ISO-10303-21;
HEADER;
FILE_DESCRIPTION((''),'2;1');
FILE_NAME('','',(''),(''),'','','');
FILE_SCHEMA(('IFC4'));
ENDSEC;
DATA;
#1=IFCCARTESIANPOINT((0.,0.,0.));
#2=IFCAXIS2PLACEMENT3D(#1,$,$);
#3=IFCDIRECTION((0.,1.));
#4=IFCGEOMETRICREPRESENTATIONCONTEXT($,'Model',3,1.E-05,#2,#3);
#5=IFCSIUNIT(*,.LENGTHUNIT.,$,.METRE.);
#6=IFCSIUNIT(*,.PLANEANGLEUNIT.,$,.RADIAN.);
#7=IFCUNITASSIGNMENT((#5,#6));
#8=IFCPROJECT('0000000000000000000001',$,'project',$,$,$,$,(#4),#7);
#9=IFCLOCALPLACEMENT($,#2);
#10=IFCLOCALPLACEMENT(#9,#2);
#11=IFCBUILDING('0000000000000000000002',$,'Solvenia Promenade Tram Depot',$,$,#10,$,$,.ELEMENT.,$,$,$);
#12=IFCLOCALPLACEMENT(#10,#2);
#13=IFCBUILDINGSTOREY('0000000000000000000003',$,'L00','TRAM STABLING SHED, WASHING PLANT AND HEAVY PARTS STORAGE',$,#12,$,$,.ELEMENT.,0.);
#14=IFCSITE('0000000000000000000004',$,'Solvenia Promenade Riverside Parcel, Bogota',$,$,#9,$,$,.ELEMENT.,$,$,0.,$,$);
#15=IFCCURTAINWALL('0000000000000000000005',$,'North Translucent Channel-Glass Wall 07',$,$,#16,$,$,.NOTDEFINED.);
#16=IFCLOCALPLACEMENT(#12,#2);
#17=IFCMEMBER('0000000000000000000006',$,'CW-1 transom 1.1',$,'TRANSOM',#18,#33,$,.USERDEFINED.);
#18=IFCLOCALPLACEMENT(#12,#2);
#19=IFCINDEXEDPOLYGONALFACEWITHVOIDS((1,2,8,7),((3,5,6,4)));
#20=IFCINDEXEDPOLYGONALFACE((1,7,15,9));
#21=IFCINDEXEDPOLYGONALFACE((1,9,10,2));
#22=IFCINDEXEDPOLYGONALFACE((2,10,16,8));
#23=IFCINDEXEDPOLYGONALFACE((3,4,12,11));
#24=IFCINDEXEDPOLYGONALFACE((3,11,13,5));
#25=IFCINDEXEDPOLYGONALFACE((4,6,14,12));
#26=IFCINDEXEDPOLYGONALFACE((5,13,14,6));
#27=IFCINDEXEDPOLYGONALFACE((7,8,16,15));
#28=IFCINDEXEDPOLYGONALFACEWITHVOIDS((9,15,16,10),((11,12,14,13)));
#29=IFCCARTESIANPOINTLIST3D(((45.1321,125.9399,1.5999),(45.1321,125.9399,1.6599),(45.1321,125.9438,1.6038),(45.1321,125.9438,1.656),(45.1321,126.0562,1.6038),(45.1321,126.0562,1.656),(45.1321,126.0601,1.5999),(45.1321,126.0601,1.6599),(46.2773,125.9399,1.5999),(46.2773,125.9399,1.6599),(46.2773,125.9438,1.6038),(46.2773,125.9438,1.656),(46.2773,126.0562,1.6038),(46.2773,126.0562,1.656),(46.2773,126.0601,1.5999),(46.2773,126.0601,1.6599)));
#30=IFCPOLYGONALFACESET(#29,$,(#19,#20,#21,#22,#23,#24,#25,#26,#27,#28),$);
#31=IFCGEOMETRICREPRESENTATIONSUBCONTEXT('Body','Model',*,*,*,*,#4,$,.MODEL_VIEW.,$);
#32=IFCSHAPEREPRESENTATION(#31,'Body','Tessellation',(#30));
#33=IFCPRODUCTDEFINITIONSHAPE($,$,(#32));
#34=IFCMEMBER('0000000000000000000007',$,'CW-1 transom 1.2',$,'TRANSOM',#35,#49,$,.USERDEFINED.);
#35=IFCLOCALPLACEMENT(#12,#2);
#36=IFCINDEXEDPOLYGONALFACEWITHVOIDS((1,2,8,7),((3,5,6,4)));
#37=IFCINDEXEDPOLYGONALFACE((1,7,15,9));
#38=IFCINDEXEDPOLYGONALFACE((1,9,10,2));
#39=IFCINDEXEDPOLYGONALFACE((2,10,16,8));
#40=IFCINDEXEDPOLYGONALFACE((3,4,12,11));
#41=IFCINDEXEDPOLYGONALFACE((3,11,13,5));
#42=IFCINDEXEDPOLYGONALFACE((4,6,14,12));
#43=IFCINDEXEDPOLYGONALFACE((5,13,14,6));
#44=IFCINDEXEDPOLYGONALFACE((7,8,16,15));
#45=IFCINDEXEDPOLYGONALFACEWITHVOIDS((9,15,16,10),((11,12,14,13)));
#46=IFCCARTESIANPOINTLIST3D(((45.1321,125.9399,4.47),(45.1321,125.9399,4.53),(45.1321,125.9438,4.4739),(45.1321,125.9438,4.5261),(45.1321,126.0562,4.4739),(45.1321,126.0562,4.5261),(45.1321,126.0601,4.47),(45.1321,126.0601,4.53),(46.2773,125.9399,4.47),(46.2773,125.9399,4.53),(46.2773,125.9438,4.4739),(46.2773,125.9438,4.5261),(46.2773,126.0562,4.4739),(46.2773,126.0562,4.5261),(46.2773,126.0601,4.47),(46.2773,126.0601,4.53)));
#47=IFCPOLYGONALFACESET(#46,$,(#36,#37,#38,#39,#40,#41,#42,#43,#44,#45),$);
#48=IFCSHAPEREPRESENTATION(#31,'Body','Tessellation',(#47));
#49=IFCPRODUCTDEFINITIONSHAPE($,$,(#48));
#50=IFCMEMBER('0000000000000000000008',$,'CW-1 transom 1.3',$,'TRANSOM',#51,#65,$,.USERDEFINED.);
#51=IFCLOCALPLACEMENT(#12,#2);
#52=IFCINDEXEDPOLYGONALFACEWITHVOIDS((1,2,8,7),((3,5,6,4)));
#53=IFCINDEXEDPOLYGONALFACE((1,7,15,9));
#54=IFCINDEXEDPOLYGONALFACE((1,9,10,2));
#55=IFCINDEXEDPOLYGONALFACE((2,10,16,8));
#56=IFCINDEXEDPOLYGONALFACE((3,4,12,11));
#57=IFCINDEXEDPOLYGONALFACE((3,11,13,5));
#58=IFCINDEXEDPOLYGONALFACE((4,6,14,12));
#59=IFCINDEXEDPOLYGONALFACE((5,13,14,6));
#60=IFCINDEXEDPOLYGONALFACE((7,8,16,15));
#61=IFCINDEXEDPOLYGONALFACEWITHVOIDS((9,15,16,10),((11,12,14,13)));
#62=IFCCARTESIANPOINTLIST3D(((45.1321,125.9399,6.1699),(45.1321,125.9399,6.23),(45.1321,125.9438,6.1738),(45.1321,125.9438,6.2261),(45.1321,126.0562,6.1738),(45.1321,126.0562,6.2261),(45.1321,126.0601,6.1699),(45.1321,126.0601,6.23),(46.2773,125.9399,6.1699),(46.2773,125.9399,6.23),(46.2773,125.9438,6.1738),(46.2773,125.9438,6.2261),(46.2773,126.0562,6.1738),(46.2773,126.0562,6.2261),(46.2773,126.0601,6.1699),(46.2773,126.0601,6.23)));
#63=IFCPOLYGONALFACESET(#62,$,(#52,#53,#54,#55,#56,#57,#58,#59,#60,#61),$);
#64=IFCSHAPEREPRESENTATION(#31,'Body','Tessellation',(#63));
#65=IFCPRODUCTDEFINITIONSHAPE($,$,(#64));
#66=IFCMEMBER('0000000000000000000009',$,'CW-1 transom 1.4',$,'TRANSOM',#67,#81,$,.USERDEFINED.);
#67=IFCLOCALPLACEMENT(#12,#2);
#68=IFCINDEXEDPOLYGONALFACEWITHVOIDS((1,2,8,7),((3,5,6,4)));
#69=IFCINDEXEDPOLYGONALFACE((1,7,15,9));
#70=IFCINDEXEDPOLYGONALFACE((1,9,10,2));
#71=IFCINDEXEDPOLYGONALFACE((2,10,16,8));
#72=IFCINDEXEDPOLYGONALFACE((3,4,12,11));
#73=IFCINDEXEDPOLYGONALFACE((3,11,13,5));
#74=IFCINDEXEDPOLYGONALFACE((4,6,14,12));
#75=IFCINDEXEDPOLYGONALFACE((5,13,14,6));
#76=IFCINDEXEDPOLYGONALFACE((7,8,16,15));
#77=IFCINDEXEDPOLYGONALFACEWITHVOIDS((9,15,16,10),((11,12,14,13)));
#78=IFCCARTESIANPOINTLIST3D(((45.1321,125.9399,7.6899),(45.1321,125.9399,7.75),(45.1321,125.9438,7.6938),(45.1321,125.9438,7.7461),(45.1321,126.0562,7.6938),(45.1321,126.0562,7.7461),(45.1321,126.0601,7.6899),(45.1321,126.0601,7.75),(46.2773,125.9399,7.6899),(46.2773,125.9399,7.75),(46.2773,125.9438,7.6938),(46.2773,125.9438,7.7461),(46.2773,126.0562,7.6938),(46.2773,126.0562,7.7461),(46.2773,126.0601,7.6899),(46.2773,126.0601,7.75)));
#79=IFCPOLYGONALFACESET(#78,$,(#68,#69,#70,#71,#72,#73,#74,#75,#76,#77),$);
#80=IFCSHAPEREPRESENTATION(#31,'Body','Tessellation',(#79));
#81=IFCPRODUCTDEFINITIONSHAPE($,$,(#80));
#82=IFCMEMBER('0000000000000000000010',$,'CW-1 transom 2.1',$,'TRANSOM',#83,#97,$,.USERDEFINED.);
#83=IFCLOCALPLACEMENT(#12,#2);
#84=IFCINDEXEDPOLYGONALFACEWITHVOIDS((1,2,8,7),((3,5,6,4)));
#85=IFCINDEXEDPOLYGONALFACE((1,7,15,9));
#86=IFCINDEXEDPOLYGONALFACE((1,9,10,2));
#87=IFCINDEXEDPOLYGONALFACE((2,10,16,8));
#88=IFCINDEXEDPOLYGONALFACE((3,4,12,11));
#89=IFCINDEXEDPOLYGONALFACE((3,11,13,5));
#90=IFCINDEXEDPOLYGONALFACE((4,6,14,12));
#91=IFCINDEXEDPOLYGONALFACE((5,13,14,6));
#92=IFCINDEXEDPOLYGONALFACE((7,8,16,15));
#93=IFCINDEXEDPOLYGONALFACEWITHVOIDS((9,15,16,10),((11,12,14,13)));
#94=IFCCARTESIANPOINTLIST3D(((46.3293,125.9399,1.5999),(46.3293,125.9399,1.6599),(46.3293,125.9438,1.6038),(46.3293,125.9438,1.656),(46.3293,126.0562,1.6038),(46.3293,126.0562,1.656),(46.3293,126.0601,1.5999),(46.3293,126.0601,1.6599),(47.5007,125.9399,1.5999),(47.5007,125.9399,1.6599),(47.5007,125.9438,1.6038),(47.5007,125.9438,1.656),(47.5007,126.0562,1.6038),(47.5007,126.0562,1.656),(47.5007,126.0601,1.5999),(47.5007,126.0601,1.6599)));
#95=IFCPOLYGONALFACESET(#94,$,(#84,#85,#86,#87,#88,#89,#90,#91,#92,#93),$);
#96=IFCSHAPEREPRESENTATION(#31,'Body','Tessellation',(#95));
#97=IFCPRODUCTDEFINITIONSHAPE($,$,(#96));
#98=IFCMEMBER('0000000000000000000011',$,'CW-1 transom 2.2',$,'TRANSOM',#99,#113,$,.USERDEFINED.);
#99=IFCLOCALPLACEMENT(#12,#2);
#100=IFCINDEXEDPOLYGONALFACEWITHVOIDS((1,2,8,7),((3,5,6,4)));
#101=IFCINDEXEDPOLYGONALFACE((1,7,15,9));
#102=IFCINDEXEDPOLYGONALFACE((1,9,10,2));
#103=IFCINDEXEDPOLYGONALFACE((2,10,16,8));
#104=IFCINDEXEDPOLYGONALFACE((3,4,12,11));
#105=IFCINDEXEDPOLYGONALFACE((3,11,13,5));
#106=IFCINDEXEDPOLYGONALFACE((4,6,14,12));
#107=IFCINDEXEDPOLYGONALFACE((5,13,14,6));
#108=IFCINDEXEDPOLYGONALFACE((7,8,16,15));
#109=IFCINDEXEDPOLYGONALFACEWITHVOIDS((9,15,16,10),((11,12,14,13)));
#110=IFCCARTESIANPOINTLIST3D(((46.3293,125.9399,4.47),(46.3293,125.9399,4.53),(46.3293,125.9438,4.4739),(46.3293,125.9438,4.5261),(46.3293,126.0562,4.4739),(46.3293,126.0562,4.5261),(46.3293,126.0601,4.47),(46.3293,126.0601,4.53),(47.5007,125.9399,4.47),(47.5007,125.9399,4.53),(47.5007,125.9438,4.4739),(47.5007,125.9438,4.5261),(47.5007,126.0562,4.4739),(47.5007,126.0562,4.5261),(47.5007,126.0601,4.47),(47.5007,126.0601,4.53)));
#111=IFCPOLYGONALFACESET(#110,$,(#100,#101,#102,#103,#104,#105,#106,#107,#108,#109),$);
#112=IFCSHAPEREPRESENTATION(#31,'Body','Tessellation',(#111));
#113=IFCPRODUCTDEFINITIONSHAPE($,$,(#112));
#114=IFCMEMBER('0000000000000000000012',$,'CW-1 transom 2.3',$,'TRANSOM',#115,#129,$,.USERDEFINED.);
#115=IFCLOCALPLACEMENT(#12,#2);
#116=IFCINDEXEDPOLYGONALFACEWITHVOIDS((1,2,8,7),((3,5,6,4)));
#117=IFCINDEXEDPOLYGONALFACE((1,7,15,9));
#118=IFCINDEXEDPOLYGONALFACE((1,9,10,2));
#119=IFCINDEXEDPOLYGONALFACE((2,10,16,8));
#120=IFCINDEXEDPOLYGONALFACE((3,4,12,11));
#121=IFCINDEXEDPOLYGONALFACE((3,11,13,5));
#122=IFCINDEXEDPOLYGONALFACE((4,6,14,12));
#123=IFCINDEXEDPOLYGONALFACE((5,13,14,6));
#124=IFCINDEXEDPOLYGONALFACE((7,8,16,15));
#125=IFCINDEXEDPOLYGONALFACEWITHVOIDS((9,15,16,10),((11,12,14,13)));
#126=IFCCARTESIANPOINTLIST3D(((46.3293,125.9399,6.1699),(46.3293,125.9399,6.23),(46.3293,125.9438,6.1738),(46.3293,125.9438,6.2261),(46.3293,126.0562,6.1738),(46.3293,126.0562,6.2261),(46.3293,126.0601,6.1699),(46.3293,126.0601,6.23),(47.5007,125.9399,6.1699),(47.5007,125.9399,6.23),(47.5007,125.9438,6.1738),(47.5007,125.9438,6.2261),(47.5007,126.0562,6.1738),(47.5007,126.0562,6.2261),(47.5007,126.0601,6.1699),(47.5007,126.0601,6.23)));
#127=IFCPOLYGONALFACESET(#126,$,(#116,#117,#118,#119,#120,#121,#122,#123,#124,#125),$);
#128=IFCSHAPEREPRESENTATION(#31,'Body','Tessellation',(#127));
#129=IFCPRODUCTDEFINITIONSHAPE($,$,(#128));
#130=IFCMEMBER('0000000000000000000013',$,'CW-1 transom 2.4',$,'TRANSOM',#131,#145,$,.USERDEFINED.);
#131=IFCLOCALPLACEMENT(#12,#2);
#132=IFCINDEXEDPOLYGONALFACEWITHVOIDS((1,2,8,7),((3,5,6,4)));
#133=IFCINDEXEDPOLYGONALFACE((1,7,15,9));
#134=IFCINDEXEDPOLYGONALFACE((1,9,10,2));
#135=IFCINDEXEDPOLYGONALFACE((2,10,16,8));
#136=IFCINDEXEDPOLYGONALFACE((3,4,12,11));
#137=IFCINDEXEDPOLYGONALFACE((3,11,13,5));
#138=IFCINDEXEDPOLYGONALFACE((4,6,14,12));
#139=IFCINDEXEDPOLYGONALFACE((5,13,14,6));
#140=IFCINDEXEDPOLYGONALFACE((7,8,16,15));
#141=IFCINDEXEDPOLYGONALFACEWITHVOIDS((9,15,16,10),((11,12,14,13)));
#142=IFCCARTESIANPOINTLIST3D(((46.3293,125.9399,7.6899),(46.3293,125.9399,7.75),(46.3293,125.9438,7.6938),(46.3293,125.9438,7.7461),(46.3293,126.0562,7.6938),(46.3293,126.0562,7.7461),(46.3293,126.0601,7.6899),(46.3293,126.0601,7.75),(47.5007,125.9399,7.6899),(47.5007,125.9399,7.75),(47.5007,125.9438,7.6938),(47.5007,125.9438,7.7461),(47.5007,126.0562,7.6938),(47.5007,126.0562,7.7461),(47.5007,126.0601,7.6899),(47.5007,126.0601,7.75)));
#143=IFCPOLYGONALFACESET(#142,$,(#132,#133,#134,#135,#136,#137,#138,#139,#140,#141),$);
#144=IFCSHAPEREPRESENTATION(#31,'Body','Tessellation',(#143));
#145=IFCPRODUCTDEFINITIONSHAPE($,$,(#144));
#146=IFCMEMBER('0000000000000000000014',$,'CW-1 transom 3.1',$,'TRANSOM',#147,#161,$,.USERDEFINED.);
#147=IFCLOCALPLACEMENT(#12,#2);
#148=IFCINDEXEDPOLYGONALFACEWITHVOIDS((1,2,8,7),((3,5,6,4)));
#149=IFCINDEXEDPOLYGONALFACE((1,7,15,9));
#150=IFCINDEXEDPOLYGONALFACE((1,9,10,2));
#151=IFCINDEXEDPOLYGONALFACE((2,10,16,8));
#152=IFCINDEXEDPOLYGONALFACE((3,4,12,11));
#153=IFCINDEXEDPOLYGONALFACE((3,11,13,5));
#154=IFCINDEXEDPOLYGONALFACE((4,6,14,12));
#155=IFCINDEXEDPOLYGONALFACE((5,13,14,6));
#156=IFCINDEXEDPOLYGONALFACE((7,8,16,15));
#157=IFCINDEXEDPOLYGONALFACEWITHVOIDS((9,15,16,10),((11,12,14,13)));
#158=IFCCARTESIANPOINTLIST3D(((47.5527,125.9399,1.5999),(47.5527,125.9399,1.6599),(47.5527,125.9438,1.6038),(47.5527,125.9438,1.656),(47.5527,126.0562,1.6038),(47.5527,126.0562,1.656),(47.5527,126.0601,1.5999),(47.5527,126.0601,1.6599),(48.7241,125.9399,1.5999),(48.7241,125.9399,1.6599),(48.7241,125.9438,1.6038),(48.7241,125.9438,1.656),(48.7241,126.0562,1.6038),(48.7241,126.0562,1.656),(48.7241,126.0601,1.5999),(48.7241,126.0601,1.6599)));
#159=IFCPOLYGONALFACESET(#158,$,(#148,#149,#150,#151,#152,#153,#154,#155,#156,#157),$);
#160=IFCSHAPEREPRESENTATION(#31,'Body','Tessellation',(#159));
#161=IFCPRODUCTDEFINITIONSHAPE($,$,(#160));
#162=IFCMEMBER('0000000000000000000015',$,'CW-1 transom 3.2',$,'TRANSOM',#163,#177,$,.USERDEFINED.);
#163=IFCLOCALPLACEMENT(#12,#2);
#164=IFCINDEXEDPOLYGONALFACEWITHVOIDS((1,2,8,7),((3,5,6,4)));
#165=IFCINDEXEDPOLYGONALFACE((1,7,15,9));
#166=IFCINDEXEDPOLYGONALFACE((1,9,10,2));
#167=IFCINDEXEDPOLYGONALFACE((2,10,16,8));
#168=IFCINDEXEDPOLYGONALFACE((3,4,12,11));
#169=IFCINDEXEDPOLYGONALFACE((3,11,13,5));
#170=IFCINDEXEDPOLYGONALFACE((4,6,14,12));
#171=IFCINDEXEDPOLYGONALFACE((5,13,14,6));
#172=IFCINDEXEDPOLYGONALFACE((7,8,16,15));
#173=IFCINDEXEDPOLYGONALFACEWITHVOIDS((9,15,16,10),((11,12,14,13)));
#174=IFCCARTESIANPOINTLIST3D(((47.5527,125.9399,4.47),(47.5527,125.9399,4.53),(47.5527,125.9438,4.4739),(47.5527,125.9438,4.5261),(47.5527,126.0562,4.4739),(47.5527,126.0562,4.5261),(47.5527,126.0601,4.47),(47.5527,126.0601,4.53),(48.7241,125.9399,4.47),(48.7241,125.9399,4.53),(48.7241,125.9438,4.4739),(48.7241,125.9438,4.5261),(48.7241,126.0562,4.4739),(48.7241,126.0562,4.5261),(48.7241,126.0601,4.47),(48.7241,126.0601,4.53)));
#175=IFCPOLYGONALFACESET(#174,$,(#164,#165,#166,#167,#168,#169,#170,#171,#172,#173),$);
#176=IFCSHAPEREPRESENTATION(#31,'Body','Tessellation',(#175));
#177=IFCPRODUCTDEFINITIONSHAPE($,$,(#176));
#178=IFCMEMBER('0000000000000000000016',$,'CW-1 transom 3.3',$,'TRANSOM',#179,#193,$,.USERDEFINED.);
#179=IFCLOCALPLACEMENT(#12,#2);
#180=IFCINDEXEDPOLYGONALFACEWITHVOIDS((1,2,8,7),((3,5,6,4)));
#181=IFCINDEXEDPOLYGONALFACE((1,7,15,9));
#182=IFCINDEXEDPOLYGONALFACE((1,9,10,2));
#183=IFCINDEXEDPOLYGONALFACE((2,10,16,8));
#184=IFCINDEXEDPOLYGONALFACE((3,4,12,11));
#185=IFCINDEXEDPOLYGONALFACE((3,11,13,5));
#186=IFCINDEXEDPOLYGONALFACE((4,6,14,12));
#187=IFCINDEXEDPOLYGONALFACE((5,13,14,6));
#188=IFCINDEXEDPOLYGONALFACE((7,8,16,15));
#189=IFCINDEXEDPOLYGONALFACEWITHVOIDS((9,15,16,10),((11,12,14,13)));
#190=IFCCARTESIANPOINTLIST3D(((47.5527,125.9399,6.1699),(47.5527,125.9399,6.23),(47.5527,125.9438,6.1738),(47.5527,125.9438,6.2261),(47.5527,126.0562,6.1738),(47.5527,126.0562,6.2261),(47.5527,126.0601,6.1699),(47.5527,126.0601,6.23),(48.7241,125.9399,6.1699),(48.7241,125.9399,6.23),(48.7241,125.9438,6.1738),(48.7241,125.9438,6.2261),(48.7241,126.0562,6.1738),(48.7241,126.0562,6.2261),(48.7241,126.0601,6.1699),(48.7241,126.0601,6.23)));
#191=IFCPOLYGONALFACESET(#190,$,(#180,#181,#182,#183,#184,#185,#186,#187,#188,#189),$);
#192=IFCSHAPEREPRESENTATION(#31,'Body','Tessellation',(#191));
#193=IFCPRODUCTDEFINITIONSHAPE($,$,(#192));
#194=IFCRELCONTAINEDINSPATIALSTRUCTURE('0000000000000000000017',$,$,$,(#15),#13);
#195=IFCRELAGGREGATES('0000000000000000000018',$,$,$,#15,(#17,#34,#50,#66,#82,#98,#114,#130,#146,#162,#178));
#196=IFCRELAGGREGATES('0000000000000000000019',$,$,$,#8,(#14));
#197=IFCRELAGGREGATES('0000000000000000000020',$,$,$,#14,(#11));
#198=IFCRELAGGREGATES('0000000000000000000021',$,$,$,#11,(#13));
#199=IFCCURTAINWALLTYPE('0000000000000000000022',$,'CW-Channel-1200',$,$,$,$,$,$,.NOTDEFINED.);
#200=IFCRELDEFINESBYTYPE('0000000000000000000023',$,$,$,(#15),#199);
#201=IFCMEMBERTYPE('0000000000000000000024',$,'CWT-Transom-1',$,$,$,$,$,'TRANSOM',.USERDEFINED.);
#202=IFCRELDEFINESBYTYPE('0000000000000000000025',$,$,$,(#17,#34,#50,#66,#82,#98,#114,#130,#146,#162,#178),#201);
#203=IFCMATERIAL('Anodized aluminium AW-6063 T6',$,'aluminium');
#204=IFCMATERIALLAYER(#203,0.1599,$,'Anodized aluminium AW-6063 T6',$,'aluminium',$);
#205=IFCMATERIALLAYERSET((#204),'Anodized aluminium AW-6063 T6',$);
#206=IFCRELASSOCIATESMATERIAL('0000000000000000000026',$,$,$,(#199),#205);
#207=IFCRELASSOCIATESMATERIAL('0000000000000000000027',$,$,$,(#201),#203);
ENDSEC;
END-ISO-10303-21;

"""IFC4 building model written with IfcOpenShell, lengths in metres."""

from ifc_helpers import new_model, si_unit, direction, frame, origin, origin_2d, place, context, subcontext, project, spatial, hollow_rectangle, extrude, material, layer, layer_set, material_profile, profile_set, type_object, element, aggregate, save


model = new_model("IFC4")

# Units and contexts
model_context = context("Model", 3, precision=1e-05, world=origin(), true_north=direction((0.0, 1.0)))
body_context = subcontext(model_context, "Body", "Model", "MODEL_VIEW")
ifc_project = project(units=[si_unit("LENGTHUNIT", "METRE"), si_unit("PLANEANGLEUNIT", "RADIAN")], contexts=[model_context])

# Site, building, storey
site_placement = place(None, origin())
site = spatial("IfcSite", under=ifc_project, at=site_placement, Name="Solvenia Promenade Riverside Parcel, Bogota", CompositionType="ELEMENT", RefElevation=0.0)
building_placement = place(site_placement, origin())
building = spatial("IfcBuilding", under=site, at=building_placement, Name="Solvenia Promenade Tram Depot", CompositionType="ELEMENT")
storey_placement = place(building_placement, origin())
storey = spatial("IfcBuildingStorey", under=building, at=storey_placement, Name="L00", Description="TRAM STABLING SHED, WASHING PLANT AND HEAVY PARTS STORAGE", CompositionType="ELEMENT", Elevation=0.0)

# Shared definitions
ifc_material_1 = material(Name="Anodized aluminium AW-6063 T6", Category="aluminium")
ifc_layer_1 = layer(ifc_material_1, 0.1599, Name="Anodized aluminium AW-6063 T6", Category="aluminium")
ifc_layer_set_1 = layer_set([ifc_layer_1], Name="Anodized aluminium AW-6063 T6")
curtain_wall_type = type_object("IfcCurtainWallType", Name="CW-Channel-1200", PredefinedType="NOTDEFINED", material=ifc_layer_set_1)

# Curtain wall
curtain_wall_1_placement = place(storey_placement, origin())
curtain_wall_1 = element("IfcCurtainWall", 1, at=curtain_wall_1_placement, inside=storey, type_object=curtain_wall_type, Name="North Translucent Channel-Glass Wall 07", PredefinedType="NOTDEFINED")

# Members
ifc_material_profile_1 = material_profile(ifc_material_1, hollow_rectangle(XDim=0.1201, YDim=0.0601, WallThickness=0.0039, at=origin_2d()), Name="ALU-T1", Category="aluminium")
ifc_profile_set_1 = profile_set([ifc_material_profile_1], Name="Anodized aluminium AW-6063 T6")
member_type_1 = type_object("IfcMemberType", Name="CWT-Transom-1", ElementType="TRANSOM", PredefinedType="USERDEFINED", material=ifc_profile_set_1)
member_1_placement = place(storey_placement, frame((45.1321, 126.0, 1.6299), z_axis=(1.0, 0.0, 0.0), x_axis=(0.0, 1.0, 0.0)))
member_1 = element("IfcMember", 2, at=member_1_placement, type_object=member_type_1, Name="CW-1 transom 1.1", ObjectType="TRANSOM", PredefinedType="USERDEFINED", context=body_context, shape_type="SweptSolid", body=[
    extrude(hollow_rectangle(XDim=0.1201, YDim=0.0601, WallThickness=0.0039, at=origin_2d()), origin(), (0.0, 0.0, 1.0), 1.1453),
])
member_2_placement = place(storey_placement, frame((45.1321, 126.0, 4.5), z_axis=(1.0, 0.0, 0.0), x_axis=(0.0, 1.0, 0.0)))
member_2 = element("IfcMember", 3, at=member_2_placement, type_object=member_type_1, Name="CW-1 transom 1.2", ObjectType="TRANSOM", PredefinedType="USERDEFINED", context=body_context, shape_type="SweptSolid", body=[
    extrude(hollow_rectangle(XDim=0.1201, YDim=0.0601, WallThickness=0.0039, at=origin_2d()), origin(), (0.0, 0.0, 1.0), 1.1453),
])
member_3_placement = place(storey_placement, frame((45.1321, 126.0, 6.2), z_axis=(1.0, 0.0, 0.0), x_axis=(0.0, 1.0, 0.0)))
member_3 = element("IfcMember", 4, at=member_3_placement, type_object=member_type_1, Name="CW-1 transom 1.3", ObjectType="TRANSOM", PredefinedType="USERDEFINED", context=body_context, shape_type="SweptSolid", body=[
    extrude(hollow_rectangle(XDim=0.1201, YDim=0.0601, WallThickness=0.0039, at=origin_2d()), origin(), (0.0, 0.0, 1.0), 1.1453),
])
member_4_placement = place(storey_placement, frame((45.1321, 126.0, 7.72), z_axis=(1.0, 0.0, 0.0), x_axis=(0.0, 1.0, 0.0)))
member_4 = element("IfcMember", 5, at=member_4_placement, type_object=member_type_1, Name="CW-1 transom 1.4", ObjectType="TRANSOM", PredefinedType="USERDEFINED", context=body_context, shape_type="SweptSolid", body=[
    extrude(hollow_rectangle(XDim=0.1201, YDim=0.0601, WallThickness=0.0039, at=origin_2d()), origin(), (0.0, 0.0, 1.0), 1.1453),
])
member_5_placement = place(storey_placement, frame((46.3293, 126.0, 1.6299), z_axis=(1.0, 0.0, 0.0), x_axis=(0.0, 1.0, 0.0)))
member_5 = element("IfcMember", 6, at=member_5_placement, type_object=member_type_1, Name="CW-1 transom 2.1", ObjectType="TRANSOM", PredefinedType="USERDEFINED", context=body_context, shape_type="SweptSolid", body=[
    extrude(hollow_rectangle(XDim=0.1201, YDim=0.0601, WallThickness=0.0039, at=origin_2d()), origin(), (0.0, 0.0, 1.0), 1.1714),
])
member_6_placement = place(storey_placement, frame((46.3293, 126.0, 4.5), z_axis=(1.0, 0.0, 0.0), x_axis=(0.0, 1.0, 0.0)))
member_6 = element("IfcMember", 7, at=member_6_placement, type_object=member_type_1, Name="CW-1 transom 2.2", ObjectType="TRANSOM", PredefinedType="USERDEFINED", context=body_context, shape_type="SweptSolid", body=[
    extrude(hollow_rectangle(XDim=0.1201, YDim=0.0601, WallThickness=0.0039, at=origin_2d()), origin(), (0.0, 0.0, 1.0), 1.1714),
])
member_7_placement = place(storey_placement, frame((46.3293, 126.0, 6.2), z_axis=(1.0, 0.0, 0.0), x_axis=(0.0, 1.0, 0.0)))
member_7 = element("IfcMember", 8, at=member_7_placement, type_object=member_type_1, Name="CW-1 transom 2.3", ObjectType="TRANSOM", PredefinedType="USERDEFINED", context=body_context, shape_type="SweptSolid", body=[
    extrude(hollow_rectangle(XDim=0.1201, YDim=0.0601, WallThickness=0.0039, at=origin_2d()), origin(), (0.0, 0.0, 1.0), 1.1714),
])
member_8_placement = place(storey_placement, frame((46.3293, 126.0, 7.72), z_axis=(1.0, 0.0, 0.0), x_axis=(0.0, 1.0, 0.0)))
member_8 = element("IfcMember", 9, at=member_8_placement, type_object=member_type_1, Name="CW-1 transom 2.4", ObjectType="TRANSOM", PredefinedType="USERDEFINED", context=body_context, shape_type="SweptSolid", body=[
    extrude(hollow_rectangle(XDim=0.1201, YDim=0.0601, WallThickness=0.0039, at=origin_2d()), origin(), (0.0, 0.0, 1.0), 1.1714),
])
member_9_placement = place(storey_placement, frame((47.5527, 126.0, 1.6299), z_axis=(1.0, 0.0, 0.0), x_axis=(0.0, 1.0, 0.0)))
member_9 = element("IfcMember", 10, at=member_9_placement, type_object=member_type_1, Name="CW-1 transom 3.1", ObjectType="TRANSOM", PredefinedType="USERDEFINED", context=body_context, shape_type="SweptSolid", body=[
    extrude(hollow_rectangle(XDim=0.1201, YDim=0.0601, WallThickness=0.0039, at=origin_2d()), origin(), (0.0, 0.0, 1.0), 1.1714),
])
member_10_placement = place(storey_placement, frame((47.5527, 126.0, 4.5), z_axis=(1.0, 0.0, 0.0), x_axis=(0.0, 1.0, 0.0)))
member_10 = element("IfcMember", 11, at=member_10_placement, type_object=member_type_1, Name="CW-1 transom 3.2", ObjectType="TRANSOM", PredefinedType="USERDEFINED", context=body_context, shape_type="SweptSolid", body=[
    extrude(hollow_rectangle(XDim=0.1201, YDim=0.0601, WallThickness=0.0039, at=origin_2d()), origin(), (0.0, 0.0, 1.0), 1.1714),
])
member_11_placement = place(storey_placement, frame((47.5527, 126.0, 6.2), z_axis=(1.0, 0.0, 0.0), x_axis=(0.0, 1.0, 0.0)))
member_11 = element("IfcMember", 12, at=member_11_placement, type_object=member_type_1, Name="CW-1 transom 3.3", ObjectType="TRANSOM", PredefinedType="USERDEFINED", context=body_context, shape_type="SweptSolid", body=[
    extrude(hollow_rectangle(XDim=0.1201, YDim=0.0601, WallThickness=0.0039, at=origin_2d()), origin(), (0.0, 0.0, 1.0), 1.1714),
])

aggregate(curtain_wall_1, [member_1, member_2, member_3, member_4, member_5, member_6, member_7, member_8, member_9, member_10, member_11])

save(model, "model.ifc")
